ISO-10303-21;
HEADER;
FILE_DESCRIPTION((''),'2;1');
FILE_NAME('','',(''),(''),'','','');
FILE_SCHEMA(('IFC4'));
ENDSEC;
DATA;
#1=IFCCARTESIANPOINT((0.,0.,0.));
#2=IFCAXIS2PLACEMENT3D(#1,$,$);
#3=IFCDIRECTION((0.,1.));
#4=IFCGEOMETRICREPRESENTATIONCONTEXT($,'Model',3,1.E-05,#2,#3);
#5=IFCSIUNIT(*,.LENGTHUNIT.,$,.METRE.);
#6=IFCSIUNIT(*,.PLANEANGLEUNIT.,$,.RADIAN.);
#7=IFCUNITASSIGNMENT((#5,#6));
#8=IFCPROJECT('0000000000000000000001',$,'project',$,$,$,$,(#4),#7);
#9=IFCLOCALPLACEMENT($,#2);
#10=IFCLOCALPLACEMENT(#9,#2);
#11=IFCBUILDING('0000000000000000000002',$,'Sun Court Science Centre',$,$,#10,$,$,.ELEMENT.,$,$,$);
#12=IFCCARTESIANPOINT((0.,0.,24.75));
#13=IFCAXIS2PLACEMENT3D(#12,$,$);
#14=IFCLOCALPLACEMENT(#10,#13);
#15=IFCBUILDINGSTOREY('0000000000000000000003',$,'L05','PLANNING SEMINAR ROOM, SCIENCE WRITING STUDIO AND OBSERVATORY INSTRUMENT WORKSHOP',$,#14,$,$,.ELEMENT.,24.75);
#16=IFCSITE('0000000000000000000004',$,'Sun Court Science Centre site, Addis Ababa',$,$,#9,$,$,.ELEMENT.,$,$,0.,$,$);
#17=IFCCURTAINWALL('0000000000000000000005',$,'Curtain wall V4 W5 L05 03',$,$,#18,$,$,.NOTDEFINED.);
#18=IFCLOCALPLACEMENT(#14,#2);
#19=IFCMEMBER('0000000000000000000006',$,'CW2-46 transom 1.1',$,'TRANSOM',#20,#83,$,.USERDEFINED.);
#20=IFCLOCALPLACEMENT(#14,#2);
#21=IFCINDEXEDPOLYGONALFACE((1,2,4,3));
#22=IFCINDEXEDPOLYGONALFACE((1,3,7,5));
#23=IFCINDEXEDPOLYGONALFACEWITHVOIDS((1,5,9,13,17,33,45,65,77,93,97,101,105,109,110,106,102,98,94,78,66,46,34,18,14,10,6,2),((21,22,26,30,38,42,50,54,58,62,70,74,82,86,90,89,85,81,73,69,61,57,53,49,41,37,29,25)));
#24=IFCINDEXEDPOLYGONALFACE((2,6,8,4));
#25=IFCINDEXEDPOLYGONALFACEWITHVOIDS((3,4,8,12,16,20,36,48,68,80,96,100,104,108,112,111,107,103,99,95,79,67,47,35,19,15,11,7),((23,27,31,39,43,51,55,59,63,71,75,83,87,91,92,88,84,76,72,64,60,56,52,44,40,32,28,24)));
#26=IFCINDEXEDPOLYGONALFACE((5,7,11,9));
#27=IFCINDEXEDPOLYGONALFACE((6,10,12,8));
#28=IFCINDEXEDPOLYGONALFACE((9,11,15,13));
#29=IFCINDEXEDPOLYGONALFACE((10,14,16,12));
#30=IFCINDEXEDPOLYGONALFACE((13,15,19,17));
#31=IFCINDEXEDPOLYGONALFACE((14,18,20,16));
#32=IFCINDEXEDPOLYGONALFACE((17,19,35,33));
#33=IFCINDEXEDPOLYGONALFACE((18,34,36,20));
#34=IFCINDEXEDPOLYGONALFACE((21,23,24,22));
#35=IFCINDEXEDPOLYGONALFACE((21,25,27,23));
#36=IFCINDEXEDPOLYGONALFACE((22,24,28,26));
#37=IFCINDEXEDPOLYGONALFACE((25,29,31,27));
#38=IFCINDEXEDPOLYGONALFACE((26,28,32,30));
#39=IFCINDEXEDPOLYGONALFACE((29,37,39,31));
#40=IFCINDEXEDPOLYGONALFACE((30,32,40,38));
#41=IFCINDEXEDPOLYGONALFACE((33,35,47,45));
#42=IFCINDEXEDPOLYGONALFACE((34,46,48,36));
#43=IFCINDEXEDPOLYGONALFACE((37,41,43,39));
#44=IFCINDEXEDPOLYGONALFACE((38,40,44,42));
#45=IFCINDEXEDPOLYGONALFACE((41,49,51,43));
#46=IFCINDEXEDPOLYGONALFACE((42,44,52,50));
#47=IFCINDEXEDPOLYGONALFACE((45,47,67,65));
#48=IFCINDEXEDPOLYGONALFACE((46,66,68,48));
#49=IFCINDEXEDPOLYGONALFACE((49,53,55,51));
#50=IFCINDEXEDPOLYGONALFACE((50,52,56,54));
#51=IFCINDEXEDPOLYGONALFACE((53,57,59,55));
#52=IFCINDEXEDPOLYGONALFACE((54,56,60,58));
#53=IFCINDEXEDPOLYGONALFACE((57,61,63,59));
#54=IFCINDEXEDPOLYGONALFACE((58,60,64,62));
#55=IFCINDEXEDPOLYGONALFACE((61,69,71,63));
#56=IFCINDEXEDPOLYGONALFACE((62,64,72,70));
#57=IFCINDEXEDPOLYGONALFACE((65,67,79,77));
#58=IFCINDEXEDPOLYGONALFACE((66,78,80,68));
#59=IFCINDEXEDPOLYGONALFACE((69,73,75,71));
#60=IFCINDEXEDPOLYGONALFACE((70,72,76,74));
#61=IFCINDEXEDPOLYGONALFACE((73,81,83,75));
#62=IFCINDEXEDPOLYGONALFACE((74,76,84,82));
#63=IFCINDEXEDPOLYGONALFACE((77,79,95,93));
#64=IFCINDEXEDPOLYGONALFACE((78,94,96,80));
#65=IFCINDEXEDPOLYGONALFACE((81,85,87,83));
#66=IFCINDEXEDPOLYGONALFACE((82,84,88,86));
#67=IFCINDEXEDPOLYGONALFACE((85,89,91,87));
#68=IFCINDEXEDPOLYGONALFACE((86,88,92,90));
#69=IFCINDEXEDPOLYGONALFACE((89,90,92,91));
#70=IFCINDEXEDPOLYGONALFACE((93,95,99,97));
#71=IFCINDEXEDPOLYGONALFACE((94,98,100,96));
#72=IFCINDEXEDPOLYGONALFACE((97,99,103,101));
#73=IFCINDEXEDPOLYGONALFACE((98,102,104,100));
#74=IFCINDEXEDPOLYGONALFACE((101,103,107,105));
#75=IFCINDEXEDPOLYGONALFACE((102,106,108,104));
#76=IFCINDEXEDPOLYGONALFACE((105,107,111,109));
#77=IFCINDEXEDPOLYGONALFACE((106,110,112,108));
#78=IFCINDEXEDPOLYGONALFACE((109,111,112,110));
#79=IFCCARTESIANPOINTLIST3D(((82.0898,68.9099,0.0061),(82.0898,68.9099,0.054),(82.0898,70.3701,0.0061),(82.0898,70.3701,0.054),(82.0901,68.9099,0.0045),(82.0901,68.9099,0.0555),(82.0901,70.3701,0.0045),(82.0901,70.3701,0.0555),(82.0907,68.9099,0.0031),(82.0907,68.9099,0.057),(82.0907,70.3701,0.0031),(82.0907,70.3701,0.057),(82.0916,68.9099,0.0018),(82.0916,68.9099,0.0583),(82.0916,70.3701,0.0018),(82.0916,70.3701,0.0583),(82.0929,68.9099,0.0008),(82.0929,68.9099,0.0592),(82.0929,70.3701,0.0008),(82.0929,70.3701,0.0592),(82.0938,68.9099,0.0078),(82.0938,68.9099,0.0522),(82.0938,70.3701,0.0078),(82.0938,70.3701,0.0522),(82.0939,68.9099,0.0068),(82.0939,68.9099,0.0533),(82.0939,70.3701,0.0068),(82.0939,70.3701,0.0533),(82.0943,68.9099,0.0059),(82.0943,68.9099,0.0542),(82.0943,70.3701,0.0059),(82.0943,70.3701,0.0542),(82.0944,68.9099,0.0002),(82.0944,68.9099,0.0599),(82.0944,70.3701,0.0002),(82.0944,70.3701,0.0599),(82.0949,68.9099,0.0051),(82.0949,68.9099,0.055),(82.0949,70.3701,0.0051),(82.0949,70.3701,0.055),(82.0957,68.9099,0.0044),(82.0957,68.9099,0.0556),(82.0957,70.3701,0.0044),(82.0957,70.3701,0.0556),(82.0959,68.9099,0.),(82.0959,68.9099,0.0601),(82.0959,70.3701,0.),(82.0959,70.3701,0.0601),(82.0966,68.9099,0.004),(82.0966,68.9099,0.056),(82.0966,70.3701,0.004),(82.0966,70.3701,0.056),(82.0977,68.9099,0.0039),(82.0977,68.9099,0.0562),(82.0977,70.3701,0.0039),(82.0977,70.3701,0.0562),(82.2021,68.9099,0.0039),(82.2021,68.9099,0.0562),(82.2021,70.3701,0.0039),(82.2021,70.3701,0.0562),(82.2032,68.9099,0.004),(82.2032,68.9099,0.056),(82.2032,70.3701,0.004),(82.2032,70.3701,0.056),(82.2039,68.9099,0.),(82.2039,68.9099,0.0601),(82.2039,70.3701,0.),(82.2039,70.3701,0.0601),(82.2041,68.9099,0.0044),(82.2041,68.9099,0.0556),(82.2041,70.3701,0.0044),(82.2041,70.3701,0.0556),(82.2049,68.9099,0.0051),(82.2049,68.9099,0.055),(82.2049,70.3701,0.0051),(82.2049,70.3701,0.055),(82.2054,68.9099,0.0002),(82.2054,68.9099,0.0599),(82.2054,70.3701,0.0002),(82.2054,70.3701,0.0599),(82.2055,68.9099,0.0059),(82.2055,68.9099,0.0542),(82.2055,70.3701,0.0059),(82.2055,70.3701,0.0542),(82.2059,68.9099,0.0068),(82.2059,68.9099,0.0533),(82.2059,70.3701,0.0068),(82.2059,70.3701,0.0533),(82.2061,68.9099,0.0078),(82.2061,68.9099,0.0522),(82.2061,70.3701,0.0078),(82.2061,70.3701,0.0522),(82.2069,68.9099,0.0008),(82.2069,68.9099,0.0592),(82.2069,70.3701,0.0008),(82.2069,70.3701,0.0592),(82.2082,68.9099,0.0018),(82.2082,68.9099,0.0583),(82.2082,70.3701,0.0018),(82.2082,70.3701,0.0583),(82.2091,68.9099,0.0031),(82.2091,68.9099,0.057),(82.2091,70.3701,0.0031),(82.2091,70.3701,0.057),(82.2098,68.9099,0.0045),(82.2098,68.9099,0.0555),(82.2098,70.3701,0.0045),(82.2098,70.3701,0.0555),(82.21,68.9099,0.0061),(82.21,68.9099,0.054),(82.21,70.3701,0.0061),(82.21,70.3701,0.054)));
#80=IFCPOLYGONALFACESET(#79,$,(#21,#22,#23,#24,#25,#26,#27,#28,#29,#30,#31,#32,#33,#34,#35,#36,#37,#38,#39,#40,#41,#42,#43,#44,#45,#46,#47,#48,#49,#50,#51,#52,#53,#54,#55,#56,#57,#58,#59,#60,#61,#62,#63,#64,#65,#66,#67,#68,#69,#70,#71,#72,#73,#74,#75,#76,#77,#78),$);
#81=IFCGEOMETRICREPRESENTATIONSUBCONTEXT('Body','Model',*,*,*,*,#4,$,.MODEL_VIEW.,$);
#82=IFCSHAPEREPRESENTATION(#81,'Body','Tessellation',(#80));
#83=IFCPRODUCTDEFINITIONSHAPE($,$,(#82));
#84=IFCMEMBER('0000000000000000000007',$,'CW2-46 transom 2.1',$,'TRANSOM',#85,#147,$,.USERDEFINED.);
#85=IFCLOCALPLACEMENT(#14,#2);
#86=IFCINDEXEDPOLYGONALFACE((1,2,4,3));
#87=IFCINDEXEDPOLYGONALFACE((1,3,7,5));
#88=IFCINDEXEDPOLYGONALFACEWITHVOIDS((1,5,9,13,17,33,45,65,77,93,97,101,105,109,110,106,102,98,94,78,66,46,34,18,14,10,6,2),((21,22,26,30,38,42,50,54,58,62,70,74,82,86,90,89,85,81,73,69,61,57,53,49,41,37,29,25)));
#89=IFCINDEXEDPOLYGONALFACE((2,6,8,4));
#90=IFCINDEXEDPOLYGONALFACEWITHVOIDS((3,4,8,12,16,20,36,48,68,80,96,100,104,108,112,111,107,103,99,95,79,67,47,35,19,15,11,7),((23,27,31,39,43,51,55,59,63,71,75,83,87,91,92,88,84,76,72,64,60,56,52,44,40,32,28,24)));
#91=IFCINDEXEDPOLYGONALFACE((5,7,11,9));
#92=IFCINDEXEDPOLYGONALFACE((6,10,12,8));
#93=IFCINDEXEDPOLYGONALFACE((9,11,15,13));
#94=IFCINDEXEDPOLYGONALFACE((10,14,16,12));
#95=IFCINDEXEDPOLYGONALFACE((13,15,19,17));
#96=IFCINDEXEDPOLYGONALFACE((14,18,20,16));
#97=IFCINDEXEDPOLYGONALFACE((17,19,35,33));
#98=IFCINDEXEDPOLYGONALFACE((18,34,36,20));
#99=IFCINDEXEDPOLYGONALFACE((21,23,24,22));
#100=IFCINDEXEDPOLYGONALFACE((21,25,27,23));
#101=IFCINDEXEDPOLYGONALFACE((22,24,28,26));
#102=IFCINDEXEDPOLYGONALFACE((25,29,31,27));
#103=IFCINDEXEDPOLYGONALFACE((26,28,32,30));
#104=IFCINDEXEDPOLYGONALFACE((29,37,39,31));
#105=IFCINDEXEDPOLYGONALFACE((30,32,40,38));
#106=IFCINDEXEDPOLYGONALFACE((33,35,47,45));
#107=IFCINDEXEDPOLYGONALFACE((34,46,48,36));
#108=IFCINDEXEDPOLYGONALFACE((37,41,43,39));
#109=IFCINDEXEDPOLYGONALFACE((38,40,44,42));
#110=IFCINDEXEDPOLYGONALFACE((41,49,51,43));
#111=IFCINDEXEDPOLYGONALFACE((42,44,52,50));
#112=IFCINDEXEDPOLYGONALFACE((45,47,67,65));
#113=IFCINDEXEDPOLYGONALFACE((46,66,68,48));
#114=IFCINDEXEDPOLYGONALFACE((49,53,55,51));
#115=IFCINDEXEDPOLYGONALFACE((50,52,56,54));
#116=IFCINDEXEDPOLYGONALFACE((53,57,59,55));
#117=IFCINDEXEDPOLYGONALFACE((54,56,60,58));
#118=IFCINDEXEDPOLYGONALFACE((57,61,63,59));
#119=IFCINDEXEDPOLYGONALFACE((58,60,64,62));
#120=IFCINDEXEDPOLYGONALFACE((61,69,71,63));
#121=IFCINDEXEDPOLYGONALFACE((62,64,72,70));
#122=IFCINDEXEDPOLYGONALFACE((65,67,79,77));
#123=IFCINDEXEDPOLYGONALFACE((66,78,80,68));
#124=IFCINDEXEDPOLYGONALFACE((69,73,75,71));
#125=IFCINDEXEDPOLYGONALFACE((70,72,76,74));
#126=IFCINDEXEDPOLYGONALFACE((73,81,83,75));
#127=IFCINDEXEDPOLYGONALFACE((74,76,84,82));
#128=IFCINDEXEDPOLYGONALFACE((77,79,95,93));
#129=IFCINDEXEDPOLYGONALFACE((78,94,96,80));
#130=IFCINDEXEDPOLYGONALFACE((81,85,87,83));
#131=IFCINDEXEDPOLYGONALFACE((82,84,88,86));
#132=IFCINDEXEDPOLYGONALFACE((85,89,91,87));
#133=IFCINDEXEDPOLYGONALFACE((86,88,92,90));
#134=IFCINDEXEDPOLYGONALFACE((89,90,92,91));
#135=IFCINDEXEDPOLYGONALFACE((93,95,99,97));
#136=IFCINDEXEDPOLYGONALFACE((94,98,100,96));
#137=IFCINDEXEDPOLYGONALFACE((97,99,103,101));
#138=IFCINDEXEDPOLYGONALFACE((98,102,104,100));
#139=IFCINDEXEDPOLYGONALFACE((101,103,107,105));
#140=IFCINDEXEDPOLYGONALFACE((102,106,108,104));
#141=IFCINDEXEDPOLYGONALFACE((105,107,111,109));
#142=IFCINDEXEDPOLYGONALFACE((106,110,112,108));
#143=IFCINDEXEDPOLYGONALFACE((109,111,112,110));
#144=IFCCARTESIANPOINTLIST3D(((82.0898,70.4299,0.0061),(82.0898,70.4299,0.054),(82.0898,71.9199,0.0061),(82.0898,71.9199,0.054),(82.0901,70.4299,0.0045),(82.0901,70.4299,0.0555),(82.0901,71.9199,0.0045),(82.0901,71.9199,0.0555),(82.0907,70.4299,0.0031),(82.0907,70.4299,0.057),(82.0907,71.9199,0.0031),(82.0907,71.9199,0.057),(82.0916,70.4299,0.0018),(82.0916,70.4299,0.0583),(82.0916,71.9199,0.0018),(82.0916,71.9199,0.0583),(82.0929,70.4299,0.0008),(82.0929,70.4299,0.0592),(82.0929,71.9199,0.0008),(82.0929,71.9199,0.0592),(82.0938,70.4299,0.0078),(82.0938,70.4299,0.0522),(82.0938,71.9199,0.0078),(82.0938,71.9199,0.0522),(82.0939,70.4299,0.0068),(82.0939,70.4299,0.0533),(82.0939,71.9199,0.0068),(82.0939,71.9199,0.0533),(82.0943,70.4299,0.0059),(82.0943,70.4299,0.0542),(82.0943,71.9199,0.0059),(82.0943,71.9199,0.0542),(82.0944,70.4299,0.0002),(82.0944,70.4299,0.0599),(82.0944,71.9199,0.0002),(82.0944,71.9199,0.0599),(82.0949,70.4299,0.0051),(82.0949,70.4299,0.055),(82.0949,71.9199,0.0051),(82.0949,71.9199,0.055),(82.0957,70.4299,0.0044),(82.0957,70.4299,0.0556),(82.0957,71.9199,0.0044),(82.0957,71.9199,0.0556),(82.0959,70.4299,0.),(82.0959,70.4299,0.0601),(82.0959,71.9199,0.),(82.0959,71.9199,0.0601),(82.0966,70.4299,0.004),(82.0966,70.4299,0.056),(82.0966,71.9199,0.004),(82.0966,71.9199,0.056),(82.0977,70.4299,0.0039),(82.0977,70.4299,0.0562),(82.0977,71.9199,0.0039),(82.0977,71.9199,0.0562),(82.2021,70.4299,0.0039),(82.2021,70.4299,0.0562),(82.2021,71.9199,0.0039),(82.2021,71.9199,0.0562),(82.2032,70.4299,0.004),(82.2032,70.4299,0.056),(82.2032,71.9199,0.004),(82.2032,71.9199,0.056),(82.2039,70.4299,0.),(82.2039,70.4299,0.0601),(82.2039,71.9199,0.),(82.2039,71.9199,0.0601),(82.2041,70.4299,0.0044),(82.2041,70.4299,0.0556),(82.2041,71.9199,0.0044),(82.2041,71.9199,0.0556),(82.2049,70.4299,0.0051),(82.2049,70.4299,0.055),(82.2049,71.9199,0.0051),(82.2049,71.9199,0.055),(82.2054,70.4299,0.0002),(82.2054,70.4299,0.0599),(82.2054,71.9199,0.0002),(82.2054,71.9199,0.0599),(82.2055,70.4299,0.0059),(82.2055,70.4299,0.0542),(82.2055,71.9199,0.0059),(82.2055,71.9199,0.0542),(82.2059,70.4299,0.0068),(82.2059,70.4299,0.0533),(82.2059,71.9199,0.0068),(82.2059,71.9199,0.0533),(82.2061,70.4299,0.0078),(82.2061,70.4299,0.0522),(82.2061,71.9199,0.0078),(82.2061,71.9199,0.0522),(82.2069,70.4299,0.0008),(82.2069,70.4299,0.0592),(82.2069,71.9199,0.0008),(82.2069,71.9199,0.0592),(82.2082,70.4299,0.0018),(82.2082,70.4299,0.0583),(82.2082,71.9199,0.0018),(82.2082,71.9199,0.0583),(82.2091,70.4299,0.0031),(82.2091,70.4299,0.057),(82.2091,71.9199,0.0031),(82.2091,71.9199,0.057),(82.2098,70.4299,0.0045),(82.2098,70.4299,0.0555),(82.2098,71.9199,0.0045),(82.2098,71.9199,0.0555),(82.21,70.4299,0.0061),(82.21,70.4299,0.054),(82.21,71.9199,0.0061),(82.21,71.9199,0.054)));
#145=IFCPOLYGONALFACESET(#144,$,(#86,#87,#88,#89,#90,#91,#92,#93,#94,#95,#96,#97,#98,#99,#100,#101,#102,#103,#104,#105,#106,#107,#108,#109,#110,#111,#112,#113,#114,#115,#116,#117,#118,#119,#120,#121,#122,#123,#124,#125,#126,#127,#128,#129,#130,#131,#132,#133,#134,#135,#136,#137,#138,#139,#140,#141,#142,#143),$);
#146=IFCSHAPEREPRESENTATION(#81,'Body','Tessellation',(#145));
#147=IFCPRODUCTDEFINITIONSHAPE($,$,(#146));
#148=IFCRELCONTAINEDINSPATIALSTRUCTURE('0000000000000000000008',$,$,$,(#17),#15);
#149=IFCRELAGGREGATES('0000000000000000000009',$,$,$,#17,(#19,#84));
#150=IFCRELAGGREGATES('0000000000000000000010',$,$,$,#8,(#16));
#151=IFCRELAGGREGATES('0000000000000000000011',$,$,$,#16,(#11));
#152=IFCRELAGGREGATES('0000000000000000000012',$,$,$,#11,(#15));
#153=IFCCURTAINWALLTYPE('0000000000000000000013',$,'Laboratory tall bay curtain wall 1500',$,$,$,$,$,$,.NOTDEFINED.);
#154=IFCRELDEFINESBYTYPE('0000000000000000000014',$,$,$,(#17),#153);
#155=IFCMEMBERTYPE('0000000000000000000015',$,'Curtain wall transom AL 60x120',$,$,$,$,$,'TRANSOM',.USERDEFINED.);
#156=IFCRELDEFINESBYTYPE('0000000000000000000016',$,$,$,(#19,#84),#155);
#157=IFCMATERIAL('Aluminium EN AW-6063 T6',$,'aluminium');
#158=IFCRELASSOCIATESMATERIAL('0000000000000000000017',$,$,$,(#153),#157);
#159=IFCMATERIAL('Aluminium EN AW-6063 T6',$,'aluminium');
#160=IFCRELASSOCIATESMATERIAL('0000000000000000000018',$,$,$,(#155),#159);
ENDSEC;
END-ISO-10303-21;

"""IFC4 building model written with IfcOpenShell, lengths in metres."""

from ifc_helpers import new_model, si_unit, direction, frame, origin, origin_2d, place, context, subcontext, project, spatial, hollow_rectangle, extrude, material, material_profile, profile_set, type_object, element, aggregate, save


model = new_model("IFC4")

# Units and contexts
model_context = context("Model", 3, precision=1e-05, world=origin(), true_north=direction((0.0, 1.0)))
body_context = subcontext(model_context, "Body", "Model", "MODEL_VIEW")
ifc_project = project(units=[si_unit("LENGTHUNIT", "METRE"), si_unit("PLANEANGLEUNIT", "RADIAN")], contexts=[model_context])

# Site, building, storey
site_placement = place(None, origin())
site = spatial("IfcSite", under=ifc_project, at=site_placement, Name="Sun Court Science Centre site, Addis Ababa", CompositionType="ELEMENT", RefElevation=0.0)
building_placement = place(site_placement, origin())
building = spatial("IfcBuilding", under=site, at=building_placement, Name="Sun Court Science Centre", CompositionType="ELEMENT")
storey_placement = place(building_placement, frame((0.0, 0.0, 24.75)))
storey = spatial("IfcBuildingStorey", under=building, at=storey_placement, Name="L05", Description="PLANNING SEMINAR ROOM, SCIENCE WRITING STUDIO AND OBSERVATORY INSTRUMENT WORKSHOP", CompositionType="ELEMENT", Elevation=24.75)

# Curtain wall, members
ifc_material_1 = material(Name="Aluminium EN AW-6063 T6", Category="aluminium")
curtain_wall_type = type_object("IfcCurtainWallType", Name="Laboratory tall bay curtain wall 1500", PredefinedType="NOTDEFINED", material=ifc_material_1)
curtain_wall_placement = place(storey_placement, origin())
curtain_wall = element("IfcCurtainWall", 1, at=curtain_wall_placement, inside=storey, type_object=curtain_wall_type, Name="Curtain wall V4 W5 L05 03", PredefinedType="NOTDEFINED")
ifc_material_2 = material(Name="Aluminium EN AW-6063 T6", Category="aluminium")
ifc_material_profile_1 = material_profile(ifc_material_2, hollow_rectangle(XDim=0.0601, YDim=0.1201, WallThickness=0.0039, InnerFilletRadius=0.0039, OuterFilletRadius=0.0061, at=origin_2d()), Name="AL 60x120x4")
ifc_profile_set_1 = profile_set([ifc_material_profile_1], Name="Aluminium EN AW-6063 T6")
member_type_1 = type_object("IfcMemberType", Name="Curtain wall transom AL 60x120", ElementType="TRANSOM", PredefinedType="USERDEFINED", material=ifc_profile_set_1)
member_1_placement = place(storey_placement, frame((82.1499, 68.9099, 0.03), z_axis=(0.0, 1.0, 0.0), x_axis=(0.0, 0.0, 1.0)))
member_1 = element("IfcMember", 2, at=member_1_placement, type_object=member_type_1, Name="CW2-46 transom 1.1", ObjectType="TRANSOM", PredefinedType="USERDEFINED", context=body_context, shape_type="SweptSolid", body=[
    extrude(hollow_rectangle(XDim=0.0601, YDim=0.1201, WallThickness=0.0039, InnerFilletRadius=0.0039, OuterFilletRadius=0.0061, at=origin_2d()), origin(), (0.0, 0.0, 1.0), 1.4602),
])
member_2_placement = place(storey_placement, frame((82.1499, 70.4299, 0.03), z_axis=(0.0, 1.0, 0.0), x_axis=(0.0, 0.0, 1.0)))
member_2 = element("IfcMember", 3, at=member_2_placement, type_object=member_type_1, Name="CW2-46 transom 2.1", ObjectType="TRANSOM", PredefinedType="USERDEFINED", context=body_context, shape_type="SweptSolid", body=[
    extrude(hollow_rectangle(XDim=0.0601, YDim=0.1201, WallThickness=0.0039, InnerFilletRadius=0.0039, OuterFilletRadius=0.0061, at=origin_2d()), origin(), (0.0, 0.0, 1.0), 1.49),
])

aggregate(curtain_wall, [member_1, member_2])

save(model, "model.ifc")
